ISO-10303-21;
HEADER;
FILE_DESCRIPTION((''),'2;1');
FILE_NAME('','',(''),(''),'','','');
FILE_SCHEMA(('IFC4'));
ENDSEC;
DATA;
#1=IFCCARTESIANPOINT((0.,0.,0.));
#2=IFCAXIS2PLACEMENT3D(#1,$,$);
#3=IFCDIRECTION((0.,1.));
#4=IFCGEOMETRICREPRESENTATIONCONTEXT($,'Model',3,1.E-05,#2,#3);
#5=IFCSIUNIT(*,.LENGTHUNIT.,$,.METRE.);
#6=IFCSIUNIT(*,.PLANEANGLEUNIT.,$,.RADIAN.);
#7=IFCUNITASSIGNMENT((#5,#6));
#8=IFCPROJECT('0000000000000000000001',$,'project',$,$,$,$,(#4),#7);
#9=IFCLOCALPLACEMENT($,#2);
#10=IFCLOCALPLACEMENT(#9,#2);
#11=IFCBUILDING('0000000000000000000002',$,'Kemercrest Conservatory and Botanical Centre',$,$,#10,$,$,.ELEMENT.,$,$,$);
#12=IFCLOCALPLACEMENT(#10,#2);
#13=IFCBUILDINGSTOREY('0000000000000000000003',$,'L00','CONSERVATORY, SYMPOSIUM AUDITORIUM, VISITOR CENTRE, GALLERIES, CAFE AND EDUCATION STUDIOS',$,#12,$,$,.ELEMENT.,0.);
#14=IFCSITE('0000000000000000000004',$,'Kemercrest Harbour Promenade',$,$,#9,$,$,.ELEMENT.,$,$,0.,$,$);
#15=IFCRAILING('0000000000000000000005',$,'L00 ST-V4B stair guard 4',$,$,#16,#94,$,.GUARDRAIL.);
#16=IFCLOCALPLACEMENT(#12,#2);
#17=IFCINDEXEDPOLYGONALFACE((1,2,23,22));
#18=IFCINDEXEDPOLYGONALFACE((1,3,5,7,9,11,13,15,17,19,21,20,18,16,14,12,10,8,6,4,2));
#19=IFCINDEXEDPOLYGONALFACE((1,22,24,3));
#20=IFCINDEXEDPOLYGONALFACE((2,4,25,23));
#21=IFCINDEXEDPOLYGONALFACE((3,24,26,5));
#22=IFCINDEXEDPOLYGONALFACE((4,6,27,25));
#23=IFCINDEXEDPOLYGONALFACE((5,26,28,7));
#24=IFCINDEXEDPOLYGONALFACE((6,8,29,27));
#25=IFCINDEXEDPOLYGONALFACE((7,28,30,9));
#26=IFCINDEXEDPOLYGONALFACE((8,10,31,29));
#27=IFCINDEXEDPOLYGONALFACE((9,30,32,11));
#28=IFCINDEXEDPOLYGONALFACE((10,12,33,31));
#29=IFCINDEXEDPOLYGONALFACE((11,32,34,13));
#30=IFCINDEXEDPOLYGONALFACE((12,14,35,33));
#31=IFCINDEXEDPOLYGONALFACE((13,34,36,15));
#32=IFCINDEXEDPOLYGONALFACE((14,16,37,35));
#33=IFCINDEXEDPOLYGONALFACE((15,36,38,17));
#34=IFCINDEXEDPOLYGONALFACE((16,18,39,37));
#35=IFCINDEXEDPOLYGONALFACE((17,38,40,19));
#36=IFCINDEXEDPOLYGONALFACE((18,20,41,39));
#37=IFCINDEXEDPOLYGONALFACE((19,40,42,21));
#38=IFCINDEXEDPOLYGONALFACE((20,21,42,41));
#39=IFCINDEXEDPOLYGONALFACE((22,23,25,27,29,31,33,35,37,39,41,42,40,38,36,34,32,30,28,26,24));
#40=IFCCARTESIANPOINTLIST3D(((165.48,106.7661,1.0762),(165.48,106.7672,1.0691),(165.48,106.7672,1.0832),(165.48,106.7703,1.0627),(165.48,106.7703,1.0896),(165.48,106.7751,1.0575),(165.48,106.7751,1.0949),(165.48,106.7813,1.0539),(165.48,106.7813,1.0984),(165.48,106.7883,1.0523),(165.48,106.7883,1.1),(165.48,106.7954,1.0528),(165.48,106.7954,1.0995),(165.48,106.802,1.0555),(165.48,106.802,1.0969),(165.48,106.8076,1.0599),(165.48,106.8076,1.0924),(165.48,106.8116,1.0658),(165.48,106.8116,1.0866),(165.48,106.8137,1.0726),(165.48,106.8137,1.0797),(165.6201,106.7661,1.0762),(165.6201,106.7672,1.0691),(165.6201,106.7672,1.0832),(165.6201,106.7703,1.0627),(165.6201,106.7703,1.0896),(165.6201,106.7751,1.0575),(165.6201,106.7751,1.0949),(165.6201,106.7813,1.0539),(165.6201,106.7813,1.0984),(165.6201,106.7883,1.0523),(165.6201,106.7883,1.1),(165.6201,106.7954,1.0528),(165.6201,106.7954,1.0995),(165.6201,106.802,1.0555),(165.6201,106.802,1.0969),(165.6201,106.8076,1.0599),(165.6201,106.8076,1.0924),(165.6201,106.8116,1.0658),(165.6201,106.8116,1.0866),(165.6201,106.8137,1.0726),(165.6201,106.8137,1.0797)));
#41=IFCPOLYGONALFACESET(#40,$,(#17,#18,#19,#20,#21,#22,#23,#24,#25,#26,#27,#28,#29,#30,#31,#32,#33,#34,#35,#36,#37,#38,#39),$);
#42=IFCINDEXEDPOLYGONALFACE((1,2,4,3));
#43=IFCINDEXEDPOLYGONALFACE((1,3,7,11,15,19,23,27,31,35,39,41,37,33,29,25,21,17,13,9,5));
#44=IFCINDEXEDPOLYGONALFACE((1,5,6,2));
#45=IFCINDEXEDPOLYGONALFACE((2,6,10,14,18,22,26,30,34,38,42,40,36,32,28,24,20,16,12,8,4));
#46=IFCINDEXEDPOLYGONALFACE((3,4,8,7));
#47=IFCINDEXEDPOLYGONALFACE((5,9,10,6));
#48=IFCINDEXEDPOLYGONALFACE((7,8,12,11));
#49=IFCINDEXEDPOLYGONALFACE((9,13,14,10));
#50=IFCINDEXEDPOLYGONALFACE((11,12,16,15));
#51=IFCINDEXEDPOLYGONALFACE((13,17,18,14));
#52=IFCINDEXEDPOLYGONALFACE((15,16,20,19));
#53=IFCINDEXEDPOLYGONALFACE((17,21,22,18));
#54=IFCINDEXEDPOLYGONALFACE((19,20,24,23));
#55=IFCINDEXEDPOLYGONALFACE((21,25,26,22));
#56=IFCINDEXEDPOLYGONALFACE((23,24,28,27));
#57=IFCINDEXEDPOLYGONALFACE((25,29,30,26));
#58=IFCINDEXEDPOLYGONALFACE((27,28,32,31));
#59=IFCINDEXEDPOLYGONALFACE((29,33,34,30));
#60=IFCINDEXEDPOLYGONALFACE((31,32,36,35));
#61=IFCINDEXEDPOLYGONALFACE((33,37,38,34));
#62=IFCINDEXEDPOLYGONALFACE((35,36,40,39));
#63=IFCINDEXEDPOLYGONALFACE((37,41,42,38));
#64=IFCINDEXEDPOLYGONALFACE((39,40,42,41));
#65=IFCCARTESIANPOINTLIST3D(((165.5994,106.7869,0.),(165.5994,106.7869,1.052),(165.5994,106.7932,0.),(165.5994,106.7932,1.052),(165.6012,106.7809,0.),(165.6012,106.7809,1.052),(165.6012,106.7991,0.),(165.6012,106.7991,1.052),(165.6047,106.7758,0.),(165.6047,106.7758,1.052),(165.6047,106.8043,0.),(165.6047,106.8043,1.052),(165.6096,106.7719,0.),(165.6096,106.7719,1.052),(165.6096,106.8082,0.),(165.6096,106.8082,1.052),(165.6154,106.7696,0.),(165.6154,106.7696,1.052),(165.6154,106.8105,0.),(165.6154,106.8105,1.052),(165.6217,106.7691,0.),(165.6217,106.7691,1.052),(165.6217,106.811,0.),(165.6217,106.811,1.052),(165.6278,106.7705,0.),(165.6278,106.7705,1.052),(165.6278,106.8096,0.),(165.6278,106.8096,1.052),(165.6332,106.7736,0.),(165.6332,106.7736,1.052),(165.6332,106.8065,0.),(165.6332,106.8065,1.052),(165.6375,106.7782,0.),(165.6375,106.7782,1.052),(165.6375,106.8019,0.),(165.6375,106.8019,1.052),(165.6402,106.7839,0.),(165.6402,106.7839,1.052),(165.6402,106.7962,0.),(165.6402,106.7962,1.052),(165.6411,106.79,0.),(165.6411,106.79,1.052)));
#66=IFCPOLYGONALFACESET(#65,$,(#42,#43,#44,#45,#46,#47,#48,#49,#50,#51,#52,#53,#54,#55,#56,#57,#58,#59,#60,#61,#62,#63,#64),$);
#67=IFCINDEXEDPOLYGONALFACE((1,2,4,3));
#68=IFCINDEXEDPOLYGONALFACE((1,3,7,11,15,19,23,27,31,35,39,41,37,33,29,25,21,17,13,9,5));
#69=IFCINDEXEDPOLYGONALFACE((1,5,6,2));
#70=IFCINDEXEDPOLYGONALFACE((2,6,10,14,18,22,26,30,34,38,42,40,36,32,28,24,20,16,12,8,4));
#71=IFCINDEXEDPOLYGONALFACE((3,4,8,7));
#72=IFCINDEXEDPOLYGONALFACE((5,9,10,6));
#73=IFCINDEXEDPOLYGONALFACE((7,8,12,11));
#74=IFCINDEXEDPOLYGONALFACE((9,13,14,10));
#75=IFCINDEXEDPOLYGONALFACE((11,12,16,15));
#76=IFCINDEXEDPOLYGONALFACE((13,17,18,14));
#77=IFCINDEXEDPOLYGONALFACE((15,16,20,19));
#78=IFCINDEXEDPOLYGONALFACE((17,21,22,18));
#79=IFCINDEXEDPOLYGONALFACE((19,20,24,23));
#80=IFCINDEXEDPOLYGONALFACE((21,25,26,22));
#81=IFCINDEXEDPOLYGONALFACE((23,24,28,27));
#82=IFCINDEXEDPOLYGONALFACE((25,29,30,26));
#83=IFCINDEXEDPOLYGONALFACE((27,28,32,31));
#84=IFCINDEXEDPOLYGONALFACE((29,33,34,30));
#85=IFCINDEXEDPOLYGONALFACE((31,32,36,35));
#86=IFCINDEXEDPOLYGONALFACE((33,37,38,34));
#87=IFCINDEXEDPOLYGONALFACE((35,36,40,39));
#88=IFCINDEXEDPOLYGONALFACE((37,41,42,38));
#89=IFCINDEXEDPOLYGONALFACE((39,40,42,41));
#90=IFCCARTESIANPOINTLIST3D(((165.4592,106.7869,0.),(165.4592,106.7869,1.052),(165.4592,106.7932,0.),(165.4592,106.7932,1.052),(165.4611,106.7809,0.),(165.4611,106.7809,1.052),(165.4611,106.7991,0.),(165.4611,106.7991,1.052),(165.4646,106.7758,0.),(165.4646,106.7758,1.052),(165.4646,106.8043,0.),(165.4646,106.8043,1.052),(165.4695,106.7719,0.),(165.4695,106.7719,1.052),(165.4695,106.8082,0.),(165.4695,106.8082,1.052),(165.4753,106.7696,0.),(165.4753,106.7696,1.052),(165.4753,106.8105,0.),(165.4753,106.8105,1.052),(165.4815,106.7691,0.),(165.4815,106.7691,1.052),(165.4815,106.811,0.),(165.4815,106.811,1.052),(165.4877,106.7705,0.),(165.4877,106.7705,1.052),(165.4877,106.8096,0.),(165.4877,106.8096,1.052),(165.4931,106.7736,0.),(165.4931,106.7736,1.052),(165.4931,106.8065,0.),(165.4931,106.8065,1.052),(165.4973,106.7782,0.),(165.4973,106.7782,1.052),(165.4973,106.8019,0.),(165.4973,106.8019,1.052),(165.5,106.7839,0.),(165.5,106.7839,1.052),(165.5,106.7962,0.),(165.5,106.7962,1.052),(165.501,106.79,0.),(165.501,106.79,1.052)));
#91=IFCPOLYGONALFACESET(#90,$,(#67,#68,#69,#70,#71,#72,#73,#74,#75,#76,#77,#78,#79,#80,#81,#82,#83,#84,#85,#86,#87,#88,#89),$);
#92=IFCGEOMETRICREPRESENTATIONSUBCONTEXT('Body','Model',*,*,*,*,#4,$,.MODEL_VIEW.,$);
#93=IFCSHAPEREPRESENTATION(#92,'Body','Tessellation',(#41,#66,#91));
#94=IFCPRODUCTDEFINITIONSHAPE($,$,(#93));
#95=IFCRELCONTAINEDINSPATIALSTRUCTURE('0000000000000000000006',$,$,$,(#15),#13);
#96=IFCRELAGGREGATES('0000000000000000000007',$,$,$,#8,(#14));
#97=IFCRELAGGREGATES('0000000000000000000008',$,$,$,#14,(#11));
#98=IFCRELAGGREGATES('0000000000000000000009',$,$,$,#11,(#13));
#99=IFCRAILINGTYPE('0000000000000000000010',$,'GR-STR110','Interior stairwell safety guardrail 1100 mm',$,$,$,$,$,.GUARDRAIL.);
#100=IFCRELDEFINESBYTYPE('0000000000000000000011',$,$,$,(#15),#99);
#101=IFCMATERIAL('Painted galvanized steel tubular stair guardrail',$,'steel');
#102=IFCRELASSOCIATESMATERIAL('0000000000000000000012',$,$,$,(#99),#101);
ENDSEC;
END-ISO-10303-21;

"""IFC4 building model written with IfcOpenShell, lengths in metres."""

from ifc_helpers import new_model, si_unit, direction, frame, origin, origin_2d, place, context, subcontext, project, spatial, circle, extrude, material, type_object, element, save


model = new_model("IFC4")

# Units and contexts
model_context = context("Model", 3, precision=1e-05, world=origin(), true_north=direction((0.0, 1.0)))
body_context = subcontext(model_context, "Body", "Model", "MODEL_VIEW")
ifc_project = project(units=[si_unit("LENGTHUNIT", "METRE"), si_unit("PLANEANGLEUNIT", "RADIAN")], contexts=[model_context])

# Site, building, storey
site_placement = place(None, origin())
site = spatial("IfcSite", under=ifc_project, at=site_placement, Name="Kemercrest Harbour Promenade", CompositionType="ELEMENT", RefElevation=0.0)
building_placement = place(site_placement, origin())
building = spatial("IfcBuilding", under=site, at=building_placement, Name="Kemercrest Conservatory and Botanical Centre", CompositionType="ELEMENT")
storey_placement = place(building_placement, origin())
storey = spatial("IfcBuildingStorey", under=building, at=storey_placement, Name="L00", Description="CONSERVATORY, SYMPOSIUM AUDITORIUM, VISITOR CENTRE, GALLERIES, CAFE AND EDUCATION STUDIOS", CompositionType="ELEMENT", Elevation=0.0)

# Railing
ifc_material_1 = material(Name="Painted galvanized steel tubular stair guardrail", Category="steel")
railing_type_1 = type_object("IfcRailingType", Name="GR-STR110", Description="Interior stairwell safety guardrail 1100 mm", PredefinedType="GUARDRAIL", material=ifc_material_1)
railing_1_placement = place(storey_placement, frame((165.6201, 106.79, 0.0)))
element("IfcRailing", 1, at=railing_1_placement, inside=storey, type_object=railing_type_1, Name="L00 ST-V4B stair guard 4", PredefinedType="GUARDRAIL", context=body_context, shape_type="SweptSolid", body=[
    extrude(circle(Radius=0.0239, at=origin_2d()), frame((0.0, 0.0, 1.0762), z_axis=(-1.0, 0.0, 0.0), x_axis=(0.0, -1.0, 0.0)), (0.0, 0.0, 1.0), 0.1401),
    extrude(circle(Radius=0.021, at=origin_2d()), origin(), (0.0, 0.0, 1.0), 1.052),
    extrude(circle(Radius=0.021, at=origin_2d()), frame((-0.1401, 0.0, 0.0)), (0.0, 0.0, 1.0), 1.052),
])

save(model, "model.ifc")
